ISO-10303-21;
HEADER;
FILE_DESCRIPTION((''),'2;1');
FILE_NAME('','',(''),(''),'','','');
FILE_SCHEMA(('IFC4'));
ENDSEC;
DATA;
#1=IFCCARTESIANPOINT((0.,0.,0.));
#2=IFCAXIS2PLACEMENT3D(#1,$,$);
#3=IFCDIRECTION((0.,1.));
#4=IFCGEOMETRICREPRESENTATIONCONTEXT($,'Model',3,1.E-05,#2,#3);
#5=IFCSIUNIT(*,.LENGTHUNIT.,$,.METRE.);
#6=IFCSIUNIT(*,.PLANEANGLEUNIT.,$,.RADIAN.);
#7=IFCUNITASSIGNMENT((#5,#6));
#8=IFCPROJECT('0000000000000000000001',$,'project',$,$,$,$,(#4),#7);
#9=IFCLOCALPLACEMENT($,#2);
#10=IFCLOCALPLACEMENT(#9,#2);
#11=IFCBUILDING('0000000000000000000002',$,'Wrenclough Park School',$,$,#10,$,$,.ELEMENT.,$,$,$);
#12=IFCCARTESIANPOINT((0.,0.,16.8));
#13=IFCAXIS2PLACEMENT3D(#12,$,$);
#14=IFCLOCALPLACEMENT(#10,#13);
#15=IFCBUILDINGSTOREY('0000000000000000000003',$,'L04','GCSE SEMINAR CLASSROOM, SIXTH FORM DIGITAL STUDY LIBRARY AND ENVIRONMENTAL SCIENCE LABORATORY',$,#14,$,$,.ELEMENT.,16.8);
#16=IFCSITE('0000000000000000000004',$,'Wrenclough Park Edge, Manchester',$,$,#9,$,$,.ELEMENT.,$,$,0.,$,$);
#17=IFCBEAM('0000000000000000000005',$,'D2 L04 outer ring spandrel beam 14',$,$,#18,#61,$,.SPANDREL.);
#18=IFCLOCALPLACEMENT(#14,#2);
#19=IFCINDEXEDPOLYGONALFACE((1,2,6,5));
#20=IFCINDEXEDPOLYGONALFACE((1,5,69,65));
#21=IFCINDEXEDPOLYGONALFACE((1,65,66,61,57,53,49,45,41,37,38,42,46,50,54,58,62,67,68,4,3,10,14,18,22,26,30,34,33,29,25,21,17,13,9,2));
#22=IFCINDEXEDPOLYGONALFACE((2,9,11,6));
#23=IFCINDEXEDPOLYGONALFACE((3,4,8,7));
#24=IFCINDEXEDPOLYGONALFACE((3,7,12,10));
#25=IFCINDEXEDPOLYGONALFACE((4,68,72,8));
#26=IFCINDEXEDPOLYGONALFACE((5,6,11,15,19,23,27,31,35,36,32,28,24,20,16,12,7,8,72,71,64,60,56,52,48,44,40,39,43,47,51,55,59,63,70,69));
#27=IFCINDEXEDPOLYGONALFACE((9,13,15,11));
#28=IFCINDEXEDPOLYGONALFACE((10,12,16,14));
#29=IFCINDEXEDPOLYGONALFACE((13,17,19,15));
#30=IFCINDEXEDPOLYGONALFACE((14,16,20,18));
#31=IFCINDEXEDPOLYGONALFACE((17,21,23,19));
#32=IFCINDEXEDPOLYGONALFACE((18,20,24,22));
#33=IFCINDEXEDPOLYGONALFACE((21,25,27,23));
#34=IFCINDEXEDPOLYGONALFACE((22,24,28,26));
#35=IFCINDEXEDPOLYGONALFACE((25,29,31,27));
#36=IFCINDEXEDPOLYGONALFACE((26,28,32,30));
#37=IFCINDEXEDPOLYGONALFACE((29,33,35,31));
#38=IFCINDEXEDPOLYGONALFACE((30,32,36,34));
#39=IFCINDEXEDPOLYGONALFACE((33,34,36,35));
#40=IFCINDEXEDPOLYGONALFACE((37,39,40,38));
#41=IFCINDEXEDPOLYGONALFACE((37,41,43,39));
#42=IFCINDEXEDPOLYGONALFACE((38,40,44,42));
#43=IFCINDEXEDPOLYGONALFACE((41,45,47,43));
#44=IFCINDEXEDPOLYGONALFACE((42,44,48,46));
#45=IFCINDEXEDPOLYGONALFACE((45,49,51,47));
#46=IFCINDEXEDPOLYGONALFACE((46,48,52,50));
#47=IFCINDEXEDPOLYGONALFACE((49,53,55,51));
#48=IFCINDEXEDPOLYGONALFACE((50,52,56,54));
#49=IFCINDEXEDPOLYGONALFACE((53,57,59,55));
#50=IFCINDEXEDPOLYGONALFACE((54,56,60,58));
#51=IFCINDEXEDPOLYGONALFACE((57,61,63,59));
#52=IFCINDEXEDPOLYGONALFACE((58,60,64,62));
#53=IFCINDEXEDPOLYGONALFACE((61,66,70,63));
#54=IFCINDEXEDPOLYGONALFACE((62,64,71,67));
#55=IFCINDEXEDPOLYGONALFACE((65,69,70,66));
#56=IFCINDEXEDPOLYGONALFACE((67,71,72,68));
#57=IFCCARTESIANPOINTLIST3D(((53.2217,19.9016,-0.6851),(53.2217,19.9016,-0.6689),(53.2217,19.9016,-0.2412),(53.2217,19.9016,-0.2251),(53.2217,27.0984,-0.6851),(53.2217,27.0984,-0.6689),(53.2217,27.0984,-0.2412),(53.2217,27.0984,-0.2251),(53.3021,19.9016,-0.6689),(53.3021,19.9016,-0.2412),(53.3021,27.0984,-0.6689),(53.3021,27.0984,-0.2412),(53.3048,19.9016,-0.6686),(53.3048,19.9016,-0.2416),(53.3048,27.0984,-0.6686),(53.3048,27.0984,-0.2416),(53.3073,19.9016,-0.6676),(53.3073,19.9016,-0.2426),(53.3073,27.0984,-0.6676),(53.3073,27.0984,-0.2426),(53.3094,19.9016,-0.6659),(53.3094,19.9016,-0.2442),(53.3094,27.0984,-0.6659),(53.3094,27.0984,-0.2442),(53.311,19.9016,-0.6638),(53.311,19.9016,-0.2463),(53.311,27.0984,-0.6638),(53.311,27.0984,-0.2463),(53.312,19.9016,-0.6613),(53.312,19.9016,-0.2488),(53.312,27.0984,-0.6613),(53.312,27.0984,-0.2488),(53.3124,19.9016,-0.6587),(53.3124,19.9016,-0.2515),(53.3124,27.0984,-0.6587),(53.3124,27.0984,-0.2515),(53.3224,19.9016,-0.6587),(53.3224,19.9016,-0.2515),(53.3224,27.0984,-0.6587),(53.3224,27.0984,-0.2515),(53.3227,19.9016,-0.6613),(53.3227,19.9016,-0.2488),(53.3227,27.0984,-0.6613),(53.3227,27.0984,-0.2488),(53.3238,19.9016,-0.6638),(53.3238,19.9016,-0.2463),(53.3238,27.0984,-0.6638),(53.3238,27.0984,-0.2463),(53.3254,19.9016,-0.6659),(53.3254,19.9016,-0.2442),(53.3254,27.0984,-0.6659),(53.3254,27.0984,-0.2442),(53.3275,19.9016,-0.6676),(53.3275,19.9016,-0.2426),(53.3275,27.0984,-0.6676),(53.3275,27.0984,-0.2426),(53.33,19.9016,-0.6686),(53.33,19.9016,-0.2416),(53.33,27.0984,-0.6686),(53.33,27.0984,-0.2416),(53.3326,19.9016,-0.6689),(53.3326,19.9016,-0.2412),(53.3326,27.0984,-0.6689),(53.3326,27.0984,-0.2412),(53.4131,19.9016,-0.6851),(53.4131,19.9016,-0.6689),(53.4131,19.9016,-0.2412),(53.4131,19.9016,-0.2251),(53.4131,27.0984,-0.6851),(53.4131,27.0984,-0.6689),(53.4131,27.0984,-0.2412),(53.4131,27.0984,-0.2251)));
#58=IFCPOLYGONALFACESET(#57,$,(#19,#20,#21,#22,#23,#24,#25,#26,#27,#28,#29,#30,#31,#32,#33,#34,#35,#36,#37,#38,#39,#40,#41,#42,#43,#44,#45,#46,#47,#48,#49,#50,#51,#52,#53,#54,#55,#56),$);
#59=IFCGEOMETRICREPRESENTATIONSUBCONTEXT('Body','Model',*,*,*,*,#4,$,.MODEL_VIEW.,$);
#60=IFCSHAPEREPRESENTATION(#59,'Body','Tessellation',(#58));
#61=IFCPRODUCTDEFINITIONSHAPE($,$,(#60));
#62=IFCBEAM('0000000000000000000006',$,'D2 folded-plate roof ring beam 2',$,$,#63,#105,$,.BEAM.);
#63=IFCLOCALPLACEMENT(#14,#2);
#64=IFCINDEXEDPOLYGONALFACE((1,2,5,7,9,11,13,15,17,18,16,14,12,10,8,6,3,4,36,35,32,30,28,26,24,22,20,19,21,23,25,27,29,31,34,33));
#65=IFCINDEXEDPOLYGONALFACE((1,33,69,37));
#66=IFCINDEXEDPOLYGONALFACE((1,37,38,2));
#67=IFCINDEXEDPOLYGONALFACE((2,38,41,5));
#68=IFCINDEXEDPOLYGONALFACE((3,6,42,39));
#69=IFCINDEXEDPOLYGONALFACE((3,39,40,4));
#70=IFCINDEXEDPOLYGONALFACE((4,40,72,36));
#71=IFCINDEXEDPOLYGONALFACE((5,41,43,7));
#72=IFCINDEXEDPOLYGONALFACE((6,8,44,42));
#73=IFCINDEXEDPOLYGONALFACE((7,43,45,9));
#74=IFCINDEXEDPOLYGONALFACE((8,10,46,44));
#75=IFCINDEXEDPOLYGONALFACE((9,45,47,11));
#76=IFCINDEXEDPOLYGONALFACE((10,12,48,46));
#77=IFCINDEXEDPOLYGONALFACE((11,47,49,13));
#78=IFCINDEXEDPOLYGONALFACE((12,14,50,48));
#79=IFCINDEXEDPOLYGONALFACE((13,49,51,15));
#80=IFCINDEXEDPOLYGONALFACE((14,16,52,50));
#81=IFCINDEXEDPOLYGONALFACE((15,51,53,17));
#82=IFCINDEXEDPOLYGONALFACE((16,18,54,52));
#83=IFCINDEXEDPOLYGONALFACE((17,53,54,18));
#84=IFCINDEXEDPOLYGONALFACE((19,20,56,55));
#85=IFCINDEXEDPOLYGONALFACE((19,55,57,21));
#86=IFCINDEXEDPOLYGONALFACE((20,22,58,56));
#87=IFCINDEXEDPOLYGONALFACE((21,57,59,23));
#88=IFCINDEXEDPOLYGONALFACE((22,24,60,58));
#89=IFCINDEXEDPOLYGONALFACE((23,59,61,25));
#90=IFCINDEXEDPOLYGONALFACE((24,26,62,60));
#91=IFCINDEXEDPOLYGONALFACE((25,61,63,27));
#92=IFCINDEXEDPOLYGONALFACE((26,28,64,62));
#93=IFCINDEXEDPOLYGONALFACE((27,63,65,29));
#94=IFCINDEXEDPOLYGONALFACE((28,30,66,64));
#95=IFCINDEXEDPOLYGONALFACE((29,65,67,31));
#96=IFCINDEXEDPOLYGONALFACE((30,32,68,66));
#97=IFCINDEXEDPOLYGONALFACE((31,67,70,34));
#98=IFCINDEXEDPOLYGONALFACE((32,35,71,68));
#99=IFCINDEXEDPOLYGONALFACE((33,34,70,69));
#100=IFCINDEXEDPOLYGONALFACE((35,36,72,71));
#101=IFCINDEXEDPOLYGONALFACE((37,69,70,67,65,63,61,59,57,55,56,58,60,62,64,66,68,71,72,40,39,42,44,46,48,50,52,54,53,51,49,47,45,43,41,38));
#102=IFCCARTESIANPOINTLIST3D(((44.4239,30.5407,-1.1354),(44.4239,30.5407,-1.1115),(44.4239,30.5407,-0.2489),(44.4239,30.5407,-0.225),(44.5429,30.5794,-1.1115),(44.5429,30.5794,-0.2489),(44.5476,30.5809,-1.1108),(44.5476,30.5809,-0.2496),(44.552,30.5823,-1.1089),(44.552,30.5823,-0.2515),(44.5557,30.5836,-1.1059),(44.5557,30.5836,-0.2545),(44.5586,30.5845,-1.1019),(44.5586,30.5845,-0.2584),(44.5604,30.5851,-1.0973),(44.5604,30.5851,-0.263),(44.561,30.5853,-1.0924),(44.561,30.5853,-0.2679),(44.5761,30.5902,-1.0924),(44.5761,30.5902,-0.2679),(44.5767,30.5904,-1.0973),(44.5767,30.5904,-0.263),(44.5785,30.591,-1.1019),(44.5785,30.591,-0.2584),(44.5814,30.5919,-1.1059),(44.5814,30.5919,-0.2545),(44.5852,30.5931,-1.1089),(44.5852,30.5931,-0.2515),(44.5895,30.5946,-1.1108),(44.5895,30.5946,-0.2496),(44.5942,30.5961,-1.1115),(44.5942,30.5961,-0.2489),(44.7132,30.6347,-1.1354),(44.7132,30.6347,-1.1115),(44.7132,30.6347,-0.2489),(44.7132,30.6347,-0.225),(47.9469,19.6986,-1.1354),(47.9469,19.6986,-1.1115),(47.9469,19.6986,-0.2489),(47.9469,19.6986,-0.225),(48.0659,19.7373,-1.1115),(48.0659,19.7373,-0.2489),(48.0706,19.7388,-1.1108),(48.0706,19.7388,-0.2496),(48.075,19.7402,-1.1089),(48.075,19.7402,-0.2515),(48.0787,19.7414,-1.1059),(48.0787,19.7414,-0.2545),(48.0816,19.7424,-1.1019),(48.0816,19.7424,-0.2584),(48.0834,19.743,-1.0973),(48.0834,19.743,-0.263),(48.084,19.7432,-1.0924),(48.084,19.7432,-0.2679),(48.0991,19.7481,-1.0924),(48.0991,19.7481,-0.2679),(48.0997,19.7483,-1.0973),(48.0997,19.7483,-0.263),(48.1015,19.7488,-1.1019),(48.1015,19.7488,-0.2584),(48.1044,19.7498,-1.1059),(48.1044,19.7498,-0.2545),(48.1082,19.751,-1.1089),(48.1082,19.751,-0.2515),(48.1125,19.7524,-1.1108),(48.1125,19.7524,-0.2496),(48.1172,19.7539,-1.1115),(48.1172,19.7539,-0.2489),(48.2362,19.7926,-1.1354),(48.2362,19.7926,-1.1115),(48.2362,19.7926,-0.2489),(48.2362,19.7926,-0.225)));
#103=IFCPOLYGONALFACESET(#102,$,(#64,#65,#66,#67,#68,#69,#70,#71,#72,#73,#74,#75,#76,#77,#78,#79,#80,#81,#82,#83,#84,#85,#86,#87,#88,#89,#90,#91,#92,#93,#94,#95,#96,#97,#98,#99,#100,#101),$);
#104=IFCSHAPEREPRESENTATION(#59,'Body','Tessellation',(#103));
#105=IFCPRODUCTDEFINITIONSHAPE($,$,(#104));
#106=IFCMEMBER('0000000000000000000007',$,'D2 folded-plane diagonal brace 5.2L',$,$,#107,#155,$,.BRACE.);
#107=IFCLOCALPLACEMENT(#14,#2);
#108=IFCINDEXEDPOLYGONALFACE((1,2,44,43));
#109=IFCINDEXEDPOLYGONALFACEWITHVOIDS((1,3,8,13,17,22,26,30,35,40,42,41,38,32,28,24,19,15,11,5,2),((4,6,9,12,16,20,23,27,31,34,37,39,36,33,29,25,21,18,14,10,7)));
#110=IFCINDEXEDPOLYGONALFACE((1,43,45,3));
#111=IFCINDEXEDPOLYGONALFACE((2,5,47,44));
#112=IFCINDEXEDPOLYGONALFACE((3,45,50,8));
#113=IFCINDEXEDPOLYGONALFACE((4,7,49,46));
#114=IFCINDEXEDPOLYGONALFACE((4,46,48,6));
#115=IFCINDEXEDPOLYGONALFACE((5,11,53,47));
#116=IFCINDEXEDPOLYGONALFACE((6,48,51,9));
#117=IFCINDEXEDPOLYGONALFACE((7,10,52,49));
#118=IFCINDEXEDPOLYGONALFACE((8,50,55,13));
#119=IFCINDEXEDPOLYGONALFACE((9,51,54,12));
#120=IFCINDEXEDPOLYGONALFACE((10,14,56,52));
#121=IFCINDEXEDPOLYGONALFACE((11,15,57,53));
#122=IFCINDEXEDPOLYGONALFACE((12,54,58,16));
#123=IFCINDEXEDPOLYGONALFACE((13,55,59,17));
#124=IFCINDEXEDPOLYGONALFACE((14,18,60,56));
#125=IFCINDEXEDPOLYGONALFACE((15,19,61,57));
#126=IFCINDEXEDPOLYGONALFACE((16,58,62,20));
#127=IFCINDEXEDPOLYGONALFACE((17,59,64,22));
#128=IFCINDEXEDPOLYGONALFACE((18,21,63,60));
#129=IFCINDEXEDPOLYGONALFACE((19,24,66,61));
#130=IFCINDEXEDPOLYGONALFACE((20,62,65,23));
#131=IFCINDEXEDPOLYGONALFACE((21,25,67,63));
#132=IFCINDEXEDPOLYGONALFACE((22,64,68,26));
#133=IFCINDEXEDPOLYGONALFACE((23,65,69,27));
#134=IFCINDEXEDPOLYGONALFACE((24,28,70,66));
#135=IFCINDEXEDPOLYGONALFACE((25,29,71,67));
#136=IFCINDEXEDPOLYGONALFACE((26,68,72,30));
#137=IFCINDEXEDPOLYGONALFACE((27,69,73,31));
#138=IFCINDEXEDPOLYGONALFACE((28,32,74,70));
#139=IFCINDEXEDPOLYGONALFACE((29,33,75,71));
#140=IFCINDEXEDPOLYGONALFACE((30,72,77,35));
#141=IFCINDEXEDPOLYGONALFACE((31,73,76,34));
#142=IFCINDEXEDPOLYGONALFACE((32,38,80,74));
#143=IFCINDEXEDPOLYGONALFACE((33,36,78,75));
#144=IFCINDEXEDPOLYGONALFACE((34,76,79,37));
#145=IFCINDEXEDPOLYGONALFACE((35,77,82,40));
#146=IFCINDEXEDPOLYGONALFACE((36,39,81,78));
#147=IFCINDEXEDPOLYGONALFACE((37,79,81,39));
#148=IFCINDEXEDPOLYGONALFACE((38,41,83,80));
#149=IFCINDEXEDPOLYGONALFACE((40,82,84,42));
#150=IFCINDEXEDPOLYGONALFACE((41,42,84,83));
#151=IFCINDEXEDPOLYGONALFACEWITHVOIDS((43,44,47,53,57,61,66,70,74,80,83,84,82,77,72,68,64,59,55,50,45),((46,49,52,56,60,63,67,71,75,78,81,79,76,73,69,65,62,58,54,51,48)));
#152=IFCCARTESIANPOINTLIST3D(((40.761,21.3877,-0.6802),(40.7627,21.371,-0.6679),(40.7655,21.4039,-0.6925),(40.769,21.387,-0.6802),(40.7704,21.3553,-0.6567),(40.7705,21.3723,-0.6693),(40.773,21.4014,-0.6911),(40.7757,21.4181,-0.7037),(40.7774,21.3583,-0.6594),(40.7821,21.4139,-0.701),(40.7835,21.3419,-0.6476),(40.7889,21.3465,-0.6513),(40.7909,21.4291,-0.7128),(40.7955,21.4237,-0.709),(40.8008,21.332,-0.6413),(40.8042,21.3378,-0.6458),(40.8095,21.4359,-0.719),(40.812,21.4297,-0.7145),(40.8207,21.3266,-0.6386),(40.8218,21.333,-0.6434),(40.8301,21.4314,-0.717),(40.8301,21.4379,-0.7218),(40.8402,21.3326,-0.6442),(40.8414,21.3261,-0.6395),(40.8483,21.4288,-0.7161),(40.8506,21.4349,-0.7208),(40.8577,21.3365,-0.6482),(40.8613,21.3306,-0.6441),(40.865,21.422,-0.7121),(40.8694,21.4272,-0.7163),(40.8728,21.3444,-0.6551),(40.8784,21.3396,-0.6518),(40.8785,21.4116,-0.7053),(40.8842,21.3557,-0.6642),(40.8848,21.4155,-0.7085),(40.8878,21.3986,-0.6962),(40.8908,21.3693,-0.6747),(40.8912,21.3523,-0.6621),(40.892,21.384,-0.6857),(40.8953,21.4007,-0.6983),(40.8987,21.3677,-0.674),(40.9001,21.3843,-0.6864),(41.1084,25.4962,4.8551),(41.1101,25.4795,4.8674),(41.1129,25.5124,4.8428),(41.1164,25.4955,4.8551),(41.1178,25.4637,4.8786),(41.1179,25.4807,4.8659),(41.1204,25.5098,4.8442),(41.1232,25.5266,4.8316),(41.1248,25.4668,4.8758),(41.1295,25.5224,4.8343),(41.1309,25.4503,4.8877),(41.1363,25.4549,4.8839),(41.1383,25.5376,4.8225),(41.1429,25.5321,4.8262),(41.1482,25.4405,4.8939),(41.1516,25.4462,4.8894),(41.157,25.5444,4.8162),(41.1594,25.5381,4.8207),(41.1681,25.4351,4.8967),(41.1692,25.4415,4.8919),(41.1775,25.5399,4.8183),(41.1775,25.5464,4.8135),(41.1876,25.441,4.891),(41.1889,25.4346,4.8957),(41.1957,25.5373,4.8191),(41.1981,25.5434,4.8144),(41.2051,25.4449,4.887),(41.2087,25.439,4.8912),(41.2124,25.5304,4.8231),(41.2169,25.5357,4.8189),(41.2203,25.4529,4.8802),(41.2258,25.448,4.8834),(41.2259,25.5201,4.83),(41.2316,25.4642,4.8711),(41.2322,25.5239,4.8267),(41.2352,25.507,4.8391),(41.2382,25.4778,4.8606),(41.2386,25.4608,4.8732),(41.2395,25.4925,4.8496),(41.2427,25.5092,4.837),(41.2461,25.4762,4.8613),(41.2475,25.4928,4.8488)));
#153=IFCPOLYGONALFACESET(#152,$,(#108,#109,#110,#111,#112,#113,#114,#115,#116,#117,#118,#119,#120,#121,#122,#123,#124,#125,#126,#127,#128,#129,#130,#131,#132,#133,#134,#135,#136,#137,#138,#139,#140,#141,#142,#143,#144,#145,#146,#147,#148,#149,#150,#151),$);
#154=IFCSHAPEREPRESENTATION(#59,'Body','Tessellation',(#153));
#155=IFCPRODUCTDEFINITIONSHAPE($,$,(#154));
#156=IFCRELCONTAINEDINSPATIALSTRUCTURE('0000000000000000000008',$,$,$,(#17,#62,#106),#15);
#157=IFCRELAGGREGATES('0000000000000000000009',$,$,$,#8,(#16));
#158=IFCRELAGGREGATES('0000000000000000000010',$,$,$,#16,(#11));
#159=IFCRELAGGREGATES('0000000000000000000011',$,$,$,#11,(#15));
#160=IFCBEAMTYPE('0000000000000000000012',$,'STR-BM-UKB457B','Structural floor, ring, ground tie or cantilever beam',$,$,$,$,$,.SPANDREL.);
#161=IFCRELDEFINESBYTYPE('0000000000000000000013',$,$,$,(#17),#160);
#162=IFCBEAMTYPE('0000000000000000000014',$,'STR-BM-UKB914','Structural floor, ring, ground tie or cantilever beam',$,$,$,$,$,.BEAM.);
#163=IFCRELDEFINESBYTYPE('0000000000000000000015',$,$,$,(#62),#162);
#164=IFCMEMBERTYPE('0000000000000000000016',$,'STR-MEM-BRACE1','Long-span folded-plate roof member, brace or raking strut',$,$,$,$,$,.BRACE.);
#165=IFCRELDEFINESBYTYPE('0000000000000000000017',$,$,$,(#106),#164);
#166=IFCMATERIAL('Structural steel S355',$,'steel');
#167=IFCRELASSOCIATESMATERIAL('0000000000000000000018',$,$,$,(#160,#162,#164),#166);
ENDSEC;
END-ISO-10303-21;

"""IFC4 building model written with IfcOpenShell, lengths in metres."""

from ifc_helpers import new_model, si_unit, direction, frame, origin, origin_2d, place, context, subcontext, project, spatial, hollow_circle, i_section, extrude, material, material_profile, profile_set, type_object, element, save


model = new_model("IFC4")

# Units and contexts
model_context = context("Model", 3, precision=1e-05, world=origin(), true_north=direction((0.0, 1.0)))
body_context = subcontext(model_context, "Body", "Model", "MODEL_VIEW")
ifc_project = project(units=[si_unit("LENGTHUNIT", "METRE"), si_unit("PLANEANGLEUNIT", "RADIAN")], contexts=[model_context])

# Site, building, storey
site_placement = place(None, origin())
site = spatial("IfcSite", under=ifc_project, at=site_placement, Name="Wrenclough Park Edge, Manchester", CompositionType="ELEMENT", RefElevation=0.0)
building_placement = place(site_placement, origin())
building = spatial("IfcBuilding", under=site, at=building_placement, Name="Wrenclough Park School", CompositionType="ELEMENT")
storey_placement = place(building_placement, frame((0.0, 0.0, 16.8)))
storey = spatial("IfcBuildingStorey", under=building, at=storey_placement, Name="L04", Description="GCSE SEMINAR CLASSROOM, SIXTH FORM DIGITAL STUDY LIBRARY AND ENVIRONMENTAL SCIENCE LABORATORY", CompositionType="ELEMENT", Elevation=16.8)

# Beams
ifc_material_1 = material(Name="Structural steel S355", Category="steel")
ifc_material_profile_1 = material_profile(ifc_material_1, i_section(OverallWidth=0.1914, OverallDepth=0.46, WebThickness=0.01, FlangeThickness=0.0161, FilletRadius=0.0103, at=origin_2d()), Name="UKB 457x191x82")
ifc_profile_set_1 = profile_set([ifc_material_profile_1], Name="Structural steel S355")
beam_type_1 = type_object("IfcBeamType", Name="STR-BM-UKB457B", Description="Structural floor, ring, ground tie or cantilever beam", PredefinedType="SPANDREL", material=ifc_profile_set_1)
beam_1_placement = place(storey_placement, frame((53.3174, 19.9016, -0.4551), z_axis=(0.0, 1.0, 0.0), x_axis=(-1.0, 0.0, 0.0)))
element("IfcBeam", 1, at=beam_1_placement, inside=storey, type_object=beam_type_1, Name="D2 L04 outer ring spandrel beam 14", PredefinedType="SPANDREL", context=body_context, shape_type="SweptSolid", body=[
    extrude(i_section(OverallWidth=0.1914, OverallDepth=0.46, WebThickness=0.01, FlangeThickness=0.0161, FilletRadius=0.0103, at=origin_2d()), origin(), (0.0, 0.0, 1.0), 7.1968),
])
ifc_material_profile_2 = material_profile(ifc_material_1, i_section(OverallWidth=0.3042, OverallDepth=0.9104, WebThickness=0.0159, FlangeThickness=0.0239, FilletRadius=0.019, at=origin_2d()), Name="UKB 914x305x224")
ifc_profile_set_2 = profile_set([ifc_material_profile_2], Name="Structural steel S355")
beam_type_2 = type_object("IfcBeamType", Name="STR-BM-UKB914", Description="Structural floor, ring, ground tie or cantilever beam", PredefinedType="BEAM", material=ifc_profile_set_2)
beam_2_placement = place(storey_placement, frame((48.0916, 19.7456, -0.6802), z_axis=(-0.309029, 0.951052, 0.0), x_axis=(-0.951052, -0.309029, 0.0)))
element("IfcBeam", 2, at=beam_2_placement, inside=storey, type_object=beam_type_2, Name="D2 folded-plate roof ring beam 2", PredefinedType="BEAM", context=body_context, shape_type="SweptSolid", body=[
    extrude(i_section(OverallWidth=0.3042, OverallDepth=0.9104, WebThickness=0.0159, FlangeThickness=0.0239, FilletRadius=0.019, at=origin_2d()), origin(), (0.0, 0.0, 1.0), 11.4001),
])

# Member
ifc_material_profile_3 = material_profile(ifc_material_1, hollow_circle(Radius=0.0698, WallThickness=0.0081, at=origin_2d()), Name="CHS 139.7x8.0")
ifc_profile_set_3 = profile_set([ifc_material_profile_3], Name="Structural steel S355")
member_type_1 = type_object("IfcMemberType", Name="STR-MEM-BRACE1", Description="Long-span folded-plate roof member, brace or raking strut", PredefinedType="BRACE", material=ifc_profile_set_3)
for number, where, z_axis, x_axis, name in (
    (3, (40.8306, 21.3818, -0.6802), (0.050335, 0.595248, 0.801964), (-0.996444, 0.084261, 0.0), "D2 folded-plane diagonal brace 5.2L"),
):
    element("IfcMember", number, at=place(storey_placement, frame(where, z_axis=z_axis, x_axis=x_axis)), inside=storey, type_object=member_type_1, Name=name, PredefinedType="BRACE", context=body_context, shape_type="SweptSolid", body=[
        extrude(hollow_circle(Radius=0.0698, WallThickness=0.0081, at=origin_2d()), origin(), (0.0, 0.0, 1.0), 6.9021),
    ])

save(model, "model.ifc")
